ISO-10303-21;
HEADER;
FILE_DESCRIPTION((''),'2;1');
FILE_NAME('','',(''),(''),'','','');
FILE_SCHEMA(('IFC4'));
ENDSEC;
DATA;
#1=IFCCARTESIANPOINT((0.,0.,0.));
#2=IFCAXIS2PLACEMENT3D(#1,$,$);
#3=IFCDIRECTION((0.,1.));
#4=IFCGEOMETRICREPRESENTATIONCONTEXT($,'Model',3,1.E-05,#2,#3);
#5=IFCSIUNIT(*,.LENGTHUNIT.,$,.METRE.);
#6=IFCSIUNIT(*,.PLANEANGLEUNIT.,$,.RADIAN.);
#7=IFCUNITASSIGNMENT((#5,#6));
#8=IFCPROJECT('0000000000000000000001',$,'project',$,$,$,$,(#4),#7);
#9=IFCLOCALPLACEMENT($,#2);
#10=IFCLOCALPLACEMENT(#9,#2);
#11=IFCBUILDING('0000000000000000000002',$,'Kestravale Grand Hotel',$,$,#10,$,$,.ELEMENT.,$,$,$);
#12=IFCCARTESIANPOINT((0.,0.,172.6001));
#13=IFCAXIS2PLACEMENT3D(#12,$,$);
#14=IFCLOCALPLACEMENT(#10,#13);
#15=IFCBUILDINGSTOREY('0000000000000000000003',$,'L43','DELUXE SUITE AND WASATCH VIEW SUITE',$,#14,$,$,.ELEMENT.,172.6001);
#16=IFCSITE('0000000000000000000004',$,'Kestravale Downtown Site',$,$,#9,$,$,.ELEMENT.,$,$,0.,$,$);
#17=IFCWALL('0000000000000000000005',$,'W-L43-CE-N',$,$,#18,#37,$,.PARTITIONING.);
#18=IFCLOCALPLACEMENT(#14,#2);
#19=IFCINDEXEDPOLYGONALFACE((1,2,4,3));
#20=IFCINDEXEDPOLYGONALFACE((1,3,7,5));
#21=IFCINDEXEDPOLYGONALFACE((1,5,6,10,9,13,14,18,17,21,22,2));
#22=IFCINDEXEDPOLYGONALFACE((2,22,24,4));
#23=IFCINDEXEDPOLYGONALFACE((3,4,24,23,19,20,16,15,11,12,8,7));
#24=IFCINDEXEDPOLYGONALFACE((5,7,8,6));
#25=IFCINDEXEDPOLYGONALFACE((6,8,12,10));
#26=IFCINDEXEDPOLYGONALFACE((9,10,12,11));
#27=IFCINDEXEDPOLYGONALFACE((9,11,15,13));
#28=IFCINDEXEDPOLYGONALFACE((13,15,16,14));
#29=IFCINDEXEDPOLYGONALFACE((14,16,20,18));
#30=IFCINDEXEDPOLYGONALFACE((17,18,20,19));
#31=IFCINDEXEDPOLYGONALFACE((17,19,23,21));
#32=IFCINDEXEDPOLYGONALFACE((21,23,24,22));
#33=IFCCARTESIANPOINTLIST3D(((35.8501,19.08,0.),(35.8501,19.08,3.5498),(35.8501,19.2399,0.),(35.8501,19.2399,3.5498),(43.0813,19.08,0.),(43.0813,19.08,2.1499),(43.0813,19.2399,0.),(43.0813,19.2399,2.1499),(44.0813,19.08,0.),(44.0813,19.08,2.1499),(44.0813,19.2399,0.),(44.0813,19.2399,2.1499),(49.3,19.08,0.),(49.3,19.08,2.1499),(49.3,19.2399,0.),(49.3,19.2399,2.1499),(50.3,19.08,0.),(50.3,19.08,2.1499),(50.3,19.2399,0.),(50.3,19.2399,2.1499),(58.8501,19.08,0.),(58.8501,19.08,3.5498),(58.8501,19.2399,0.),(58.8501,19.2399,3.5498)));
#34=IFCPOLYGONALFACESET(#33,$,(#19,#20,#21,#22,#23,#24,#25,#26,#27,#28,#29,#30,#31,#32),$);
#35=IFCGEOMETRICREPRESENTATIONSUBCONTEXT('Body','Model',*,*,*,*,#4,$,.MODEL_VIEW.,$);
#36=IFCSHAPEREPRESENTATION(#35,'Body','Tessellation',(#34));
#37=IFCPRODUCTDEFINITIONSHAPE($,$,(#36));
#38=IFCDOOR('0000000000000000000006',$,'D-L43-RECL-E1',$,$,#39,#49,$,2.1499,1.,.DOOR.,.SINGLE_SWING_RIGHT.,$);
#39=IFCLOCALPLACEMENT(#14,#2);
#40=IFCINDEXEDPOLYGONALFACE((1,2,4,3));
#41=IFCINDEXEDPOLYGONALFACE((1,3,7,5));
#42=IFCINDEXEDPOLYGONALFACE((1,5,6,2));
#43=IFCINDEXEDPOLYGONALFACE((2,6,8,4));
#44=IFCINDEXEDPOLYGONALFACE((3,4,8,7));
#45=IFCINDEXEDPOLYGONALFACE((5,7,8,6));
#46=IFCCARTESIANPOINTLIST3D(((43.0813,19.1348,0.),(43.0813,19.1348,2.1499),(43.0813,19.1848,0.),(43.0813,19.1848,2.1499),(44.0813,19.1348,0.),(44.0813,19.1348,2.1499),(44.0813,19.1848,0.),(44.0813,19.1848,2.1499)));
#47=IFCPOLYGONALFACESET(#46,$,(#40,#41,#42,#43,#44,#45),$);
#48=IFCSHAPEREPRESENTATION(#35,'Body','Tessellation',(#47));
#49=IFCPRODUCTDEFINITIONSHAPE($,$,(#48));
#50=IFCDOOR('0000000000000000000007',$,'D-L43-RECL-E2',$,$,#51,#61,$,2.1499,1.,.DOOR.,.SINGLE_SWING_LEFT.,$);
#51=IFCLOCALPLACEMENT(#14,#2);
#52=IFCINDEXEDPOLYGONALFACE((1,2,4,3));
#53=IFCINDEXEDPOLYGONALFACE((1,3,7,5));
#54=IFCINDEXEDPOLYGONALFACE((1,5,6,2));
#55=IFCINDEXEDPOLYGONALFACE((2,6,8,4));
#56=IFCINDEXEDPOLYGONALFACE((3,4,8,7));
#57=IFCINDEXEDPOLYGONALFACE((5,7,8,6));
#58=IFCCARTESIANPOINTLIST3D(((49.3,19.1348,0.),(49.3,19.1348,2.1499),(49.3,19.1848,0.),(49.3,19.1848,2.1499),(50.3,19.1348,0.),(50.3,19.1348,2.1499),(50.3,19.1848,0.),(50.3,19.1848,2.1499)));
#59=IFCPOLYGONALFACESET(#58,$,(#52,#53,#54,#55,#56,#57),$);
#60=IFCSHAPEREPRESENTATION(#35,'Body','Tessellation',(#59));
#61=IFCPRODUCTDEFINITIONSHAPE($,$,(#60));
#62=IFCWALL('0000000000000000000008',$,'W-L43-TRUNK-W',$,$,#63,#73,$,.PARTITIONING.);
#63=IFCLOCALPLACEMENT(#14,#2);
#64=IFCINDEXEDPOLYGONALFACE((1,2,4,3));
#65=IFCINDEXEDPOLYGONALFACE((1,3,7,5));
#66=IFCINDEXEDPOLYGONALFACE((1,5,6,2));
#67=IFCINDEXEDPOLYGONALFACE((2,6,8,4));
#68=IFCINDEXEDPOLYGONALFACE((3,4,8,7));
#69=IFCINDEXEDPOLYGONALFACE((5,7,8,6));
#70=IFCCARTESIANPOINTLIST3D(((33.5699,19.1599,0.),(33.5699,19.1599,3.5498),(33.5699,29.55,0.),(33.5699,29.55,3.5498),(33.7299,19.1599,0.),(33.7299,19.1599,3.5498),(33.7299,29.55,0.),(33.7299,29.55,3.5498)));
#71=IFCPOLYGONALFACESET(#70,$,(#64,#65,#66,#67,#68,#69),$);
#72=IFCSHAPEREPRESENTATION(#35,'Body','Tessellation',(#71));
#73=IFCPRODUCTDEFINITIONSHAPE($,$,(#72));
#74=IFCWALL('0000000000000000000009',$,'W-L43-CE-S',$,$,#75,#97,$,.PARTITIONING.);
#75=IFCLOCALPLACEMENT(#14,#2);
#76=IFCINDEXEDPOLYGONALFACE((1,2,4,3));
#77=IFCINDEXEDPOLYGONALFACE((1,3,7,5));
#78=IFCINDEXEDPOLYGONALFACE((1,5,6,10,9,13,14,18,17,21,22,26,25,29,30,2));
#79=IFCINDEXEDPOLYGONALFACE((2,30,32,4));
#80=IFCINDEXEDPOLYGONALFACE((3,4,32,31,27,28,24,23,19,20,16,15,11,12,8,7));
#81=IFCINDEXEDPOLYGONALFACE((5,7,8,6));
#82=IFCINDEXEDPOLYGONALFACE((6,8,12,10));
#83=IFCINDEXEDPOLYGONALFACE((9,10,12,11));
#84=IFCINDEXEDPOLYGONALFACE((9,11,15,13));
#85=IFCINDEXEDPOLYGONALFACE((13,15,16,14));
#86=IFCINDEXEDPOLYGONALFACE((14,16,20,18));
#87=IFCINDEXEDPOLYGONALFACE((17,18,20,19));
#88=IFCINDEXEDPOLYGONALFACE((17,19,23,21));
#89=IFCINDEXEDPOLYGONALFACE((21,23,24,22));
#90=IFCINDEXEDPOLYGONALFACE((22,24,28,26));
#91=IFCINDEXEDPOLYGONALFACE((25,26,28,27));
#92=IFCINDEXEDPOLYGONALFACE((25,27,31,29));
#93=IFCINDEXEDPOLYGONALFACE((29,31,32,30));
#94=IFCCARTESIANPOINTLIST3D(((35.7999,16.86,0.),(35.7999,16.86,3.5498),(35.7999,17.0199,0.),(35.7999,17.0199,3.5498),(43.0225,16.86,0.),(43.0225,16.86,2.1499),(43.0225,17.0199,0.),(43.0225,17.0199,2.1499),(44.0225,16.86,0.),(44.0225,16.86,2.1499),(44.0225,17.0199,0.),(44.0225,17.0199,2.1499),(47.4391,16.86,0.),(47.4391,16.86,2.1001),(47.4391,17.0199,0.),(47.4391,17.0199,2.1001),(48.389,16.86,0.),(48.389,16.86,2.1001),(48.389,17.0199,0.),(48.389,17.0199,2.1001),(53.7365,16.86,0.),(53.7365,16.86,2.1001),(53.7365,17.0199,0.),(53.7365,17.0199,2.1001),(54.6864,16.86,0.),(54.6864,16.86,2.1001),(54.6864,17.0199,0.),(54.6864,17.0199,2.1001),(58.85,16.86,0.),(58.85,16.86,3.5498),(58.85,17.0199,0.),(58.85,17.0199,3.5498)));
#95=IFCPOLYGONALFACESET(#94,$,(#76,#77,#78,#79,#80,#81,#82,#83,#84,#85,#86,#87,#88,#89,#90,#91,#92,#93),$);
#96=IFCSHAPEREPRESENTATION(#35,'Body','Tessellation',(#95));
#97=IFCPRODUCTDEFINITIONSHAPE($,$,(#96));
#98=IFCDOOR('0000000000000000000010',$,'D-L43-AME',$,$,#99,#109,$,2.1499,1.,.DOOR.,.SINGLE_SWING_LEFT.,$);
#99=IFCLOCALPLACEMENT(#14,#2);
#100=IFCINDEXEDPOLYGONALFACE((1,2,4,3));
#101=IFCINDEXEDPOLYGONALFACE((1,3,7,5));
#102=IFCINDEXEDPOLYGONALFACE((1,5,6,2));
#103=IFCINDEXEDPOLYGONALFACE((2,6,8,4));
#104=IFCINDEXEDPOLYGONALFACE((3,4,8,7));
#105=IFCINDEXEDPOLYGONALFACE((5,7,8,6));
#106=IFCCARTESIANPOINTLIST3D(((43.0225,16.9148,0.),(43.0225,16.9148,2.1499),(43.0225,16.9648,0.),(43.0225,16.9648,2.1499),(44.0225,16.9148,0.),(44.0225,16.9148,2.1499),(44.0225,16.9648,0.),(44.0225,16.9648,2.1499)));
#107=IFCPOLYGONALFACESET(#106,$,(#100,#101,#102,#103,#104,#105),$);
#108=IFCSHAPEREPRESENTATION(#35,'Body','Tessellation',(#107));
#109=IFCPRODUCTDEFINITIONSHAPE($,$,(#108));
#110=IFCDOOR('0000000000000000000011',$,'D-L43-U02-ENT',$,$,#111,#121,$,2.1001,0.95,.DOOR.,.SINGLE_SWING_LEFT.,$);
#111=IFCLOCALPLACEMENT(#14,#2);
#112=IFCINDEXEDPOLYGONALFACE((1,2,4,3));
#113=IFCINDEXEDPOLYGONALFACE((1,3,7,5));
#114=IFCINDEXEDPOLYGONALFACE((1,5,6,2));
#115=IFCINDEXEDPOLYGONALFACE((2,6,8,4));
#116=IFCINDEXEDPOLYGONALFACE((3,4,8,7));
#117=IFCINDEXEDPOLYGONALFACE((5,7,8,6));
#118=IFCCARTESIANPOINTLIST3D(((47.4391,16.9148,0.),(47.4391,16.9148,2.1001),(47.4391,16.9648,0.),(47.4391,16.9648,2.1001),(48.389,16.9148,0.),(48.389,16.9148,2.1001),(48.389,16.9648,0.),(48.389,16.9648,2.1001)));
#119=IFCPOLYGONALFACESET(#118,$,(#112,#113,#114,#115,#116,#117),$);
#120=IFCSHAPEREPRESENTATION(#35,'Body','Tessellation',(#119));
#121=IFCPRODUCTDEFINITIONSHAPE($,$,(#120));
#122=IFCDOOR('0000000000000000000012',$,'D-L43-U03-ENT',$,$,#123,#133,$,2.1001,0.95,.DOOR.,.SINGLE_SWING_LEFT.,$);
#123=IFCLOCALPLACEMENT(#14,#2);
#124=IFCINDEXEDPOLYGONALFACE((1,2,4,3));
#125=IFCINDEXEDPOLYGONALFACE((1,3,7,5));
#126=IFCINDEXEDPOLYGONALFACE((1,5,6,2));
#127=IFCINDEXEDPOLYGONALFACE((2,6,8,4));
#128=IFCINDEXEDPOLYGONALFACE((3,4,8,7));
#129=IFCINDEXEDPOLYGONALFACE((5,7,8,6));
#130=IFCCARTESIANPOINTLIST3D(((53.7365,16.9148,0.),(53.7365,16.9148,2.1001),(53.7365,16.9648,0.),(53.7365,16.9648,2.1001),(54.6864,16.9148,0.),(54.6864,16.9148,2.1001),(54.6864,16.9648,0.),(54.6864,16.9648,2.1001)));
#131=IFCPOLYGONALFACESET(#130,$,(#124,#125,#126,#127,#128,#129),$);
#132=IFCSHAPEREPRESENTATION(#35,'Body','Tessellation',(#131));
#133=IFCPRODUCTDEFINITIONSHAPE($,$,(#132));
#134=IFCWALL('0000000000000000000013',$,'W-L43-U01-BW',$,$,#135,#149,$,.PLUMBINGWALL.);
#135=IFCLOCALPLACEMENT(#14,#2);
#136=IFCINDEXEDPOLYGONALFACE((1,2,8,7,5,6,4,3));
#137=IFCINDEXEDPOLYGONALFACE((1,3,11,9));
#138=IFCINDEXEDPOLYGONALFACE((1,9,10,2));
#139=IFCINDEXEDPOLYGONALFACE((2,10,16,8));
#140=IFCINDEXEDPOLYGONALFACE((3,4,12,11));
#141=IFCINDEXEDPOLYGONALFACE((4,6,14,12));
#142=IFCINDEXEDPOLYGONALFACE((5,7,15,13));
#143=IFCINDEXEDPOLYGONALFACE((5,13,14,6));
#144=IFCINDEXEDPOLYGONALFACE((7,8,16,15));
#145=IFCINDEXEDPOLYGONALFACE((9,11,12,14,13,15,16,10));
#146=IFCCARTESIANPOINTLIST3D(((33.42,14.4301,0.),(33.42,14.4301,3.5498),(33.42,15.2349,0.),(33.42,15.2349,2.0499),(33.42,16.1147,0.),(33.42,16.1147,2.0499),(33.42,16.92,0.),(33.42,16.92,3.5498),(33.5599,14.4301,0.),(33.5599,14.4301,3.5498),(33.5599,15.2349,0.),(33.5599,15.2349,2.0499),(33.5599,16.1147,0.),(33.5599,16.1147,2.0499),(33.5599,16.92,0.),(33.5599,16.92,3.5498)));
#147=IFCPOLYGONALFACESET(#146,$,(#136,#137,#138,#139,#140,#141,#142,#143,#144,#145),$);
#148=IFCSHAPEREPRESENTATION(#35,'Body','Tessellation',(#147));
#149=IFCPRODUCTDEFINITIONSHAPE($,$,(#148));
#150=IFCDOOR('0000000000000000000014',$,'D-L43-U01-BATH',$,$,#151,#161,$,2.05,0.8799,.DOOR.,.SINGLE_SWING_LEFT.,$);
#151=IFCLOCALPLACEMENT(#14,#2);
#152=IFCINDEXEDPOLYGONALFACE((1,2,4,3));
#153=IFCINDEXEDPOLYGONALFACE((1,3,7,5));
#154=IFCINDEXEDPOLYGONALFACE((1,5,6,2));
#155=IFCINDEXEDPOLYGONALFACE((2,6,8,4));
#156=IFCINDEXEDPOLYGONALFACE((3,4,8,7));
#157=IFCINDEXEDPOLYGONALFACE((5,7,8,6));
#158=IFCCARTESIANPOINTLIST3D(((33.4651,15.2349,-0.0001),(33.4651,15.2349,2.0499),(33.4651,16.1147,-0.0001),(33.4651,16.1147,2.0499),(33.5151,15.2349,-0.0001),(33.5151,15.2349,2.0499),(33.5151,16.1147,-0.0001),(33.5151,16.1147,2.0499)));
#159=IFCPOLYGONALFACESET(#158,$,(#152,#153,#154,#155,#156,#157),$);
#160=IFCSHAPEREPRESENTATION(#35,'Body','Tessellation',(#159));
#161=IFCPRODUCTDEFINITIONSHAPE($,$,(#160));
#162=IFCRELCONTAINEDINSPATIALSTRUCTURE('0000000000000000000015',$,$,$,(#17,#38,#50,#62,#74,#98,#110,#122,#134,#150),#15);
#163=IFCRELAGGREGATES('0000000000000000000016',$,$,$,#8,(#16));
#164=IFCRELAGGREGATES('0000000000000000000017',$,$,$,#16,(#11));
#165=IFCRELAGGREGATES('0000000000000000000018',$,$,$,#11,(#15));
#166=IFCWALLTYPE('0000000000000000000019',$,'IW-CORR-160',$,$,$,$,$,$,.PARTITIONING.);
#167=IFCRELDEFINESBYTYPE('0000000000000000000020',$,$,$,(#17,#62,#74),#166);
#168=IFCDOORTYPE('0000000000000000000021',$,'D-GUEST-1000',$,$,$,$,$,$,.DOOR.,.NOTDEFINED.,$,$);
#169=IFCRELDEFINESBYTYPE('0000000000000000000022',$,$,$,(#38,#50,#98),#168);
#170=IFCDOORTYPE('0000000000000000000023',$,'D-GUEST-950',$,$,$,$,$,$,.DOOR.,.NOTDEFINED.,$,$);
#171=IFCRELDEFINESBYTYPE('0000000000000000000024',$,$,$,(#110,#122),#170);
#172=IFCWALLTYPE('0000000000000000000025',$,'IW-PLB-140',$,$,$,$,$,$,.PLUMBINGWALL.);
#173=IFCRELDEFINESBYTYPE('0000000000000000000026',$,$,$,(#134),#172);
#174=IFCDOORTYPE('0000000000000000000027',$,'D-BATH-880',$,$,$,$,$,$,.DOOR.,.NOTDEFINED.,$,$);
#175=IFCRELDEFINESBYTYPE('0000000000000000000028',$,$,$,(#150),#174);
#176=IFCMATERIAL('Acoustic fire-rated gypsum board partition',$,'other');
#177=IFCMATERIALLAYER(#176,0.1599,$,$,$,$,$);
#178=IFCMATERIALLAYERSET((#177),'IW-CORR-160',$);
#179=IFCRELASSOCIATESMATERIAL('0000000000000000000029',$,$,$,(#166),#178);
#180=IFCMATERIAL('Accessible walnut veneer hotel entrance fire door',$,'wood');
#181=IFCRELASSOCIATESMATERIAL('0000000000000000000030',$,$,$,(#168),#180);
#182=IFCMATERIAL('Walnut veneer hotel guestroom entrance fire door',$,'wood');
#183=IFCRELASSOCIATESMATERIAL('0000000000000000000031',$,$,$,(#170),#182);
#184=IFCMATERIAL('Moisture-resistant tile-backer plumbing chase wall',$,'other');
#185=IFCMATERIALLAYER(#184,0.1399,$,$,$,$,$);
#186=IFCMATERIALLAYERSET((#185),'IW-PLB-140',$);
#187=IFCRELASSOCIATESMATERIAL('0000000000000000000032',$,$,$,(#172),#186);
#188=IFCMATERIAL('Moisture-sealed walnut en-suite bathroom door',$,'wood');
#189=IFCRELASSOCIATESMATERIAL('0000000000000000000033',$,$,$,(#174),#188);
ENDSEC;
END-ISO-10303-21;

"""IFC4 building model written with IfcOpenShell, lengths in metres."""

from ifc_helpers import new_model, si_unit, direction, frame, frame_2d, origin, place, context, subcontext, project, spatial, rectangle, extrude, material, layer, layer_set, type_object, element, fill, save


model = new_model("IFC4")

# Units and contexts
model_context = context("Model", 3, precision=1e-05, world=origin(), true_north=direction((0.0, 1.0)))
body_context = subcontext(model_context, "Body", "Model", "MODEL_VIEW")
ifc_project = project(units=[si_unit("LENGTHUNIT", "METRE"), si_unit("PLANEANGLEUNIT", "RADIAN")], contexts=[model_context])

# Site, building, storey
site_placement = place(None, origin())
site = spatial("IfcSite", under=ifc_project, at=site_placement, Name="Kestravale Downtown Site", CompositionType="ELEMENT", RefElevation=0.0)
building_placement = place(site_placement, origin())
building = spatial("IfcBuilding", under=site, at=building_placement, Name="Kestravale Grand Hotel", CompositionType="ELEMENT")
storey_placement = place(building_placement, frame((0.0, 0.0, 172.6001)))
storey = spatial("IfcBuildingStorey", under=building, at=storey_placement, Name="L43", Description="DELUXE SUITE AND WASATCH VIEW SUITE", CompositionType="ELEMENT", Elevation=172.6001)

# Wall, openings, doors
ifc_material_1 = material(Name="Acoustic fire-rated gypsum board partition", Category="other")
ifc_layer_1 = layer(ifc_material_1, 0.1599)
ifc_layer_set_1 = layer_set([ifc_layer_1], Name="IW-CORR-160")
wall_type_1 = type_object("IfcWallType", Name="IW-CORR-160", PredefinedType="PARTITIONING", material=ifc_layer_set_1)
wall_1_placement = place(storey_placement, frame((35.8501, 19.1599, 0.0), z_axis=(0.0, 0.0, 1.0), x_axis=(1.0, 0.0, 0.0)))
wall_1 = element("IfcWall", 1, at=wall_1_placement, inside=storey, type_object=wall_type_1, Name="W-L43-CE-N", PredefinedType="PARTITIONING", context=body_context, shape_type="SweptSolid", body=[
    extrude(rectangle(XDim=23.0, YDim=0.1599, at=frame_2d((11.5, 0.0))), origin(), (0.0, 0.0, 1.0), 3.5498),
])
opening_1_placement = place(wall_1_placement, frame((7.2312, 0.0, 0.0)))
opening_1 = element("IfcOpeningElement", 2, at=opening_1_placement, cuts=wall_1, PredefinedType="OPENING", context=body_context, shape_type="SweptSolid", body=[
    extrude(rectangle(XDim=1.0, YDim=2.1499, at=frame_2d((0.5, 1.075))), frame((0.0, 0.0898, 0.0), z_axis=(0.0, -1.0, 0.0), x_axis=(1.0, 0.0, 0.0)), (0.0, 0.0, 1.0), 0.1799),
])
opening_2_placement = place(wall_1_placement, frame((13.45, 0.0, 0.0)))
opening_2 = element("IfcOpeningElement", 3, at=opening_2_placement, cuts=wall_1, PredefinedType="OPENING", context=body_context, shape_type="SweptSolid", body=[
    extrude(rectangle(XDim=1.0, YDim=2.1499, at=frame_2d((0.5, 1.075))), frame((0.0, 0.0898, 0.0), z_axis=(0.0, -1.0, 0.0), x_axis=(1.0, 0.0, 0.0)), (0.0, 0.0, 1.0), 0.1799),
])
ifc_material_2 = material(Name="Accessible walnut veneer hotel entrance fire door", Category="wood")
door_type_1 = type_object("IfcDoorType", Name="D-GUEST-1000", OperationType="NOTDEFINED", PredefinedType="DOOR", material=ifc_material_2)
door_1_placement = place(opening_1_placement, origin())
door_1 = element("IfcDoor", 4, at=door_1_placement, inside=storey, type_object=door_type_1, Name="D-L43-RECL-E1", OperationType="SINGLE_SWING_RIGHT", OverallHeight=2.1499, OverallWidth=1.0, PredefinedType="DOOR", context=body_context, shape_type="SweptSolid", body=[
    extrude(rectangle(XDim=1.0, YDim=2.1499, at=frame_2d((0.5, 1.075))), frame((0.0, 0.0249, 0.0), z_axis=(0.0, -1.0, 0.0), x_axis=(1.0, 0.0, 0.0)), (0.0, 0.0, 1.0), 0.05),
])
fill(opening_1, door_1)
door_2_placement = place(opening_2_placement, origin())
door_2 = element("IfcDoor", 5, at=door_2_placement, inside=storey, type_object=door_type_1, Name="D-L43-RECL-E2", OperationType="SINGLE_SWING_LEFT", OverallHeight=2.1499, OverallWidth=1.0, PredefinedType="DOOR", context=body_context, shape_type="SweptSolid", body=[
    extrude(rectangle(XDim=1.0, YDim=2.1499, at=frame_2d((0.5, 1.075))), frame((0.0, 0.0249, 0.0), z_axis=(0.0, -1.0, 0.0), x_axis=(1.0, 0.0, 0.0)), (0.0, 0.0, 1.0), 0.05),
])
fill(opening_2, door_2)

# Wall
wall_2_placement = place(storey_placement, frame((33.6499, 19.1599, 0.0), z_axis=(0.0, 0.0, 1.0), x_axis=(0.0, 1.0, 0.0)))
element("IfcWall", 6, at=wall_2_placement, inside=storey, type_object=wall_type_1, Name="W-L43-TRUNK-W", PredefinedType="PARTITIONING", context=body_context, shape_type="SweptSolid", body=[
    extrude(rectangle(XDim=10.3901, YDim=0.1599, at=frame_2d((5.1951, 0.0))), origin(), (0.0, 0.0, 1.0), 3.5498),
])

# Wall, openings, doors
wall_3_placement = place(storey_placement, frame((35.8, 16.9399, 0.0), z_axis=(0.0, 0.0, 1.0), x_axis=(1.0, 0.0, 0.0)))
wall_3 = element("IfcWall", 7, at=wall_3_placement, inside=storey, type_object=wall_type_1, Name="W-L43-CE-S", PredefinedType="PARTITIONING", context=body_context, shape_type="SweptSolid", body=[
    extrude(rectangle(XDim=23.05, YDim=0.1599, at=frame_2d((11.5249, 0.0))), origin(), (0.0, 0.0, 1.0), 3.5498),
])
opening_3_placement = place(wall_3_placement, frame((7.2224, 0.0, 0.0)))
opening_3 = element("IfcOpeningElement", 8, at=opening_3_placement, cuts=wall_3, PredefinedType="OPENING", context=body_context, shape_type="SweptSolid", body=[
    extrude(rectangle(XDim=1.0, YDim=2.1499, at=frame_2d((0.5, 1.075))), frame((0.0, 0.0898, 0.0), z_axis=(0.0, -1.0, 0.0), x_axis=(1.0, 0.0, 0.0)), (0.0, 0.0, 1.0), 0.1799),
])
opening_4_placement = place(wall_3_placement, frame((11.6389, 0.0, 0.0)))
opening_4 = element("IfcOpeningElement", 9, at=opening_4_placement, cuts=wall_3, PredefinedType="OPENING", context=body_context, shape_type="SweptSolid", body=[
    extrude(rectangle(XDim=0.95, YDim=2.1001, at=frame_2d((0.4751, 1.05))), frame((0.0, 0.0898, 0.0), z_axis=(0.0, -1.0, 0.0), x_axis=(1.0, 0.0, 0.0)), (0.0, 0.0, 1.0), 0.1799),
])
opening_5_placement = place(wall_3_placement, frame((17.9363, 0.0, 0.0)))
opening_5 = element("IfcOpeningElement", 10, at=opening_5_placement, cuts=wall_3, PredefinedType="OPENING", context=body_context, shape_type="SweptSolid", body=[
    extrude(rectangle(XDim=0.95, YDim=2.1001, at=frame_2d((0.4751, 1.05))), frame((0.0, 0.0898, 0.0), z_axis=(0.0, -1.0, 0.0), x_axis=(1.0, 0.0, 0.0)), (0.0, 0.0, 1.0), 0.1799),
])
door_3_placement = place(opening_3_placement, origin())
door_3 = element("IfcDoor", 11, at=door_3_placement, inside=storey, type_object=door_type_1, Name="D-L43-AME", OperationType="SINGLE_SWING_LEFT", OverallHeight=2.1499, OverallWidth=1.0, PredefinedType="DOOR", context=body_context, shape_type="SweptSolid", body=[
    extrude(rectangle(XDim=1.0, YDim=2.1499, at=frame_2d((0.5, 1.075))), frame((0.0, 0.0249, 0.0), z_axis=(0.0, -1.0, 0.0), x_axis=(1.0, 0.0, 0.0)), (0.0, 0.0, 1.0), 0.05),
])
fill(opening_3, door_3)
ifc_material_3 = material(Name="Walnut veneer hotel guestroom entrance fire door", Category="wood")
door_type_2 = type_object("IfcDoorType", Name="D-GUEST-950", OperationType="NOTDEFINED", PredefinedType="DOOR", material=ifc_material_3)
door_4_placement = place(opening_4_placement, origin())
door_4 = element("IfcDoor", 12, at=door_4_placement, inside=storey, type_object=door_type_2, Name="D-L43-U02-ENT", OperationType="SINGLE_SWING_LEFT", OverallHeight=2.1001, OverallWidth=0.95, PredefinedType="DOOR", context=body_context, shape_type="SweptSolid", body=[
    extrude(rectangle(XDim=0.95, YDim=2.1001, at=frame_2d((0.4751, 1.05))), frame((0.0, 0.0249, 0.0), z_axis=(0.0, -1.0, 0.0), x_axis=(1.0, 0.0, 0.0)), (0.0, 0.0, 1.0), 0.05),
])
fill(opening_4, door_4)
door_5_placement = place(opening_5_placement, origin())
door_5 = element("IfcDoor", 13, at=door_5_placement, inside=storey, type_object=door_type_2, Name="D-L43-U03-ENT", OperationType="SINGLE_SWING_LEFT", OverallHeight=2.1001, OverallWidth=0.95, PredefinedType="DOOR", context=body_context, shape_type="SweptSolid", body=[
    extrude(rectangle(XDim=0.95, YDim=2.1001, at=frame_2d((0.4751, 1.05))), frame((0.0, 0.0249, 0.0), z_axis=(0.0, -1.0, 0.0), x_axis=(1.0, 0.0, 0.0)), (0.0, 0.0, 1.0), 0.05),
])
fill(opening_5, door_5)

# Wall, opening, door
ifc_material_4 = material(Name="Moisture-resistant tile-backer plumbing chase wall", Category="other")
ifc_layer_2 = layer(ifc_material_4, 0.1399)
ifc_layer_set_2 = layer_set([ifc_layer_2], Name="IW-PLB-140")
wall_type_2 = type_object("IfcWallType", Name="IW-PLB-140", PredefinedType="PLUMBINGWALL", material=ifc_layer_set_2)
wall_4_placement = place(storey_placement, frame((33.49, 14.4299, 0.0), z_axis=(0.0, 0.0, 1.0), x_axis=(0.0, 1.0, 0.0)))
wall_4 = element("IfcWall", 14, at=wall_4_placement, inside=storey, type_object=wall_type_2, Name="W-L43-U01-BW", PredefinedType="PLUMBINGWALL", context=body_context, shape_type="SweptSolid", body=[
    extrude(rectangle(XDim=2.49, YDim=0.1399, at=frame_2d((1.2451, 0.0))), origin(), (0.0, 0.0, 1.0), 3.5498),
])
opening_6_placement = place(wall_4_placement, frame((0.8049, 0.0, 0.0)))
opening_6 = element("IfcOpeningElement", 15, at=opening_6_placement, cuts=wall_4, PredefinedType="OPENING", context=body_context, shape_type="SweptSolid", body=[
    extrude(rectangle(XDim=0.8799, YDim=2.05, at=frame_2d((0.4399, 1.0249))), frame((0.0, 0.0798, 0.0), z_axis=(0.0, -1.0, 0.0), x_axis=(1.0, 0.0, 0.0)), (0.0, 0.0, 1.0), 0.1599),
])
ifc_material_5 = material(Name="Moisture-sealed walnut en-suite bathroom door", Category="wood")
door_type_3 = type_object("IfcDoorType", Name="D-BATH-880", OperationType="NOTDEFINED", PredefinedType="DOOR", material=ifc_material_5)
door_6_placement = place(opening_6_placement, origin())
door_6 = element("IfcDoor", 16, at=door_6_placement, inside=storey, type_object=door_type_3, Name="D-L43-U01-BATH", OperationType="SINGLE_SWING_LEFT", OverallHeight=2.05, OverallWidth=0.8799, PredefinedType="DOOR", context=body_context, shape_type="SweptSolid", body=[
    extrude(rectangle(XDim=0.8799, YDim=2.05, at=frame_2d((0.4399, 1.0249))), frame((0.0, 0.0249, 0.0), z_axis=(0.0, -1.0, 0.0), x_axis=(1.0, 0.0, 0.0)), (0.0, 0.0, 1.0), 0.05),
])
fill(opening_6, door_6)

save(model, "model.ifc")
